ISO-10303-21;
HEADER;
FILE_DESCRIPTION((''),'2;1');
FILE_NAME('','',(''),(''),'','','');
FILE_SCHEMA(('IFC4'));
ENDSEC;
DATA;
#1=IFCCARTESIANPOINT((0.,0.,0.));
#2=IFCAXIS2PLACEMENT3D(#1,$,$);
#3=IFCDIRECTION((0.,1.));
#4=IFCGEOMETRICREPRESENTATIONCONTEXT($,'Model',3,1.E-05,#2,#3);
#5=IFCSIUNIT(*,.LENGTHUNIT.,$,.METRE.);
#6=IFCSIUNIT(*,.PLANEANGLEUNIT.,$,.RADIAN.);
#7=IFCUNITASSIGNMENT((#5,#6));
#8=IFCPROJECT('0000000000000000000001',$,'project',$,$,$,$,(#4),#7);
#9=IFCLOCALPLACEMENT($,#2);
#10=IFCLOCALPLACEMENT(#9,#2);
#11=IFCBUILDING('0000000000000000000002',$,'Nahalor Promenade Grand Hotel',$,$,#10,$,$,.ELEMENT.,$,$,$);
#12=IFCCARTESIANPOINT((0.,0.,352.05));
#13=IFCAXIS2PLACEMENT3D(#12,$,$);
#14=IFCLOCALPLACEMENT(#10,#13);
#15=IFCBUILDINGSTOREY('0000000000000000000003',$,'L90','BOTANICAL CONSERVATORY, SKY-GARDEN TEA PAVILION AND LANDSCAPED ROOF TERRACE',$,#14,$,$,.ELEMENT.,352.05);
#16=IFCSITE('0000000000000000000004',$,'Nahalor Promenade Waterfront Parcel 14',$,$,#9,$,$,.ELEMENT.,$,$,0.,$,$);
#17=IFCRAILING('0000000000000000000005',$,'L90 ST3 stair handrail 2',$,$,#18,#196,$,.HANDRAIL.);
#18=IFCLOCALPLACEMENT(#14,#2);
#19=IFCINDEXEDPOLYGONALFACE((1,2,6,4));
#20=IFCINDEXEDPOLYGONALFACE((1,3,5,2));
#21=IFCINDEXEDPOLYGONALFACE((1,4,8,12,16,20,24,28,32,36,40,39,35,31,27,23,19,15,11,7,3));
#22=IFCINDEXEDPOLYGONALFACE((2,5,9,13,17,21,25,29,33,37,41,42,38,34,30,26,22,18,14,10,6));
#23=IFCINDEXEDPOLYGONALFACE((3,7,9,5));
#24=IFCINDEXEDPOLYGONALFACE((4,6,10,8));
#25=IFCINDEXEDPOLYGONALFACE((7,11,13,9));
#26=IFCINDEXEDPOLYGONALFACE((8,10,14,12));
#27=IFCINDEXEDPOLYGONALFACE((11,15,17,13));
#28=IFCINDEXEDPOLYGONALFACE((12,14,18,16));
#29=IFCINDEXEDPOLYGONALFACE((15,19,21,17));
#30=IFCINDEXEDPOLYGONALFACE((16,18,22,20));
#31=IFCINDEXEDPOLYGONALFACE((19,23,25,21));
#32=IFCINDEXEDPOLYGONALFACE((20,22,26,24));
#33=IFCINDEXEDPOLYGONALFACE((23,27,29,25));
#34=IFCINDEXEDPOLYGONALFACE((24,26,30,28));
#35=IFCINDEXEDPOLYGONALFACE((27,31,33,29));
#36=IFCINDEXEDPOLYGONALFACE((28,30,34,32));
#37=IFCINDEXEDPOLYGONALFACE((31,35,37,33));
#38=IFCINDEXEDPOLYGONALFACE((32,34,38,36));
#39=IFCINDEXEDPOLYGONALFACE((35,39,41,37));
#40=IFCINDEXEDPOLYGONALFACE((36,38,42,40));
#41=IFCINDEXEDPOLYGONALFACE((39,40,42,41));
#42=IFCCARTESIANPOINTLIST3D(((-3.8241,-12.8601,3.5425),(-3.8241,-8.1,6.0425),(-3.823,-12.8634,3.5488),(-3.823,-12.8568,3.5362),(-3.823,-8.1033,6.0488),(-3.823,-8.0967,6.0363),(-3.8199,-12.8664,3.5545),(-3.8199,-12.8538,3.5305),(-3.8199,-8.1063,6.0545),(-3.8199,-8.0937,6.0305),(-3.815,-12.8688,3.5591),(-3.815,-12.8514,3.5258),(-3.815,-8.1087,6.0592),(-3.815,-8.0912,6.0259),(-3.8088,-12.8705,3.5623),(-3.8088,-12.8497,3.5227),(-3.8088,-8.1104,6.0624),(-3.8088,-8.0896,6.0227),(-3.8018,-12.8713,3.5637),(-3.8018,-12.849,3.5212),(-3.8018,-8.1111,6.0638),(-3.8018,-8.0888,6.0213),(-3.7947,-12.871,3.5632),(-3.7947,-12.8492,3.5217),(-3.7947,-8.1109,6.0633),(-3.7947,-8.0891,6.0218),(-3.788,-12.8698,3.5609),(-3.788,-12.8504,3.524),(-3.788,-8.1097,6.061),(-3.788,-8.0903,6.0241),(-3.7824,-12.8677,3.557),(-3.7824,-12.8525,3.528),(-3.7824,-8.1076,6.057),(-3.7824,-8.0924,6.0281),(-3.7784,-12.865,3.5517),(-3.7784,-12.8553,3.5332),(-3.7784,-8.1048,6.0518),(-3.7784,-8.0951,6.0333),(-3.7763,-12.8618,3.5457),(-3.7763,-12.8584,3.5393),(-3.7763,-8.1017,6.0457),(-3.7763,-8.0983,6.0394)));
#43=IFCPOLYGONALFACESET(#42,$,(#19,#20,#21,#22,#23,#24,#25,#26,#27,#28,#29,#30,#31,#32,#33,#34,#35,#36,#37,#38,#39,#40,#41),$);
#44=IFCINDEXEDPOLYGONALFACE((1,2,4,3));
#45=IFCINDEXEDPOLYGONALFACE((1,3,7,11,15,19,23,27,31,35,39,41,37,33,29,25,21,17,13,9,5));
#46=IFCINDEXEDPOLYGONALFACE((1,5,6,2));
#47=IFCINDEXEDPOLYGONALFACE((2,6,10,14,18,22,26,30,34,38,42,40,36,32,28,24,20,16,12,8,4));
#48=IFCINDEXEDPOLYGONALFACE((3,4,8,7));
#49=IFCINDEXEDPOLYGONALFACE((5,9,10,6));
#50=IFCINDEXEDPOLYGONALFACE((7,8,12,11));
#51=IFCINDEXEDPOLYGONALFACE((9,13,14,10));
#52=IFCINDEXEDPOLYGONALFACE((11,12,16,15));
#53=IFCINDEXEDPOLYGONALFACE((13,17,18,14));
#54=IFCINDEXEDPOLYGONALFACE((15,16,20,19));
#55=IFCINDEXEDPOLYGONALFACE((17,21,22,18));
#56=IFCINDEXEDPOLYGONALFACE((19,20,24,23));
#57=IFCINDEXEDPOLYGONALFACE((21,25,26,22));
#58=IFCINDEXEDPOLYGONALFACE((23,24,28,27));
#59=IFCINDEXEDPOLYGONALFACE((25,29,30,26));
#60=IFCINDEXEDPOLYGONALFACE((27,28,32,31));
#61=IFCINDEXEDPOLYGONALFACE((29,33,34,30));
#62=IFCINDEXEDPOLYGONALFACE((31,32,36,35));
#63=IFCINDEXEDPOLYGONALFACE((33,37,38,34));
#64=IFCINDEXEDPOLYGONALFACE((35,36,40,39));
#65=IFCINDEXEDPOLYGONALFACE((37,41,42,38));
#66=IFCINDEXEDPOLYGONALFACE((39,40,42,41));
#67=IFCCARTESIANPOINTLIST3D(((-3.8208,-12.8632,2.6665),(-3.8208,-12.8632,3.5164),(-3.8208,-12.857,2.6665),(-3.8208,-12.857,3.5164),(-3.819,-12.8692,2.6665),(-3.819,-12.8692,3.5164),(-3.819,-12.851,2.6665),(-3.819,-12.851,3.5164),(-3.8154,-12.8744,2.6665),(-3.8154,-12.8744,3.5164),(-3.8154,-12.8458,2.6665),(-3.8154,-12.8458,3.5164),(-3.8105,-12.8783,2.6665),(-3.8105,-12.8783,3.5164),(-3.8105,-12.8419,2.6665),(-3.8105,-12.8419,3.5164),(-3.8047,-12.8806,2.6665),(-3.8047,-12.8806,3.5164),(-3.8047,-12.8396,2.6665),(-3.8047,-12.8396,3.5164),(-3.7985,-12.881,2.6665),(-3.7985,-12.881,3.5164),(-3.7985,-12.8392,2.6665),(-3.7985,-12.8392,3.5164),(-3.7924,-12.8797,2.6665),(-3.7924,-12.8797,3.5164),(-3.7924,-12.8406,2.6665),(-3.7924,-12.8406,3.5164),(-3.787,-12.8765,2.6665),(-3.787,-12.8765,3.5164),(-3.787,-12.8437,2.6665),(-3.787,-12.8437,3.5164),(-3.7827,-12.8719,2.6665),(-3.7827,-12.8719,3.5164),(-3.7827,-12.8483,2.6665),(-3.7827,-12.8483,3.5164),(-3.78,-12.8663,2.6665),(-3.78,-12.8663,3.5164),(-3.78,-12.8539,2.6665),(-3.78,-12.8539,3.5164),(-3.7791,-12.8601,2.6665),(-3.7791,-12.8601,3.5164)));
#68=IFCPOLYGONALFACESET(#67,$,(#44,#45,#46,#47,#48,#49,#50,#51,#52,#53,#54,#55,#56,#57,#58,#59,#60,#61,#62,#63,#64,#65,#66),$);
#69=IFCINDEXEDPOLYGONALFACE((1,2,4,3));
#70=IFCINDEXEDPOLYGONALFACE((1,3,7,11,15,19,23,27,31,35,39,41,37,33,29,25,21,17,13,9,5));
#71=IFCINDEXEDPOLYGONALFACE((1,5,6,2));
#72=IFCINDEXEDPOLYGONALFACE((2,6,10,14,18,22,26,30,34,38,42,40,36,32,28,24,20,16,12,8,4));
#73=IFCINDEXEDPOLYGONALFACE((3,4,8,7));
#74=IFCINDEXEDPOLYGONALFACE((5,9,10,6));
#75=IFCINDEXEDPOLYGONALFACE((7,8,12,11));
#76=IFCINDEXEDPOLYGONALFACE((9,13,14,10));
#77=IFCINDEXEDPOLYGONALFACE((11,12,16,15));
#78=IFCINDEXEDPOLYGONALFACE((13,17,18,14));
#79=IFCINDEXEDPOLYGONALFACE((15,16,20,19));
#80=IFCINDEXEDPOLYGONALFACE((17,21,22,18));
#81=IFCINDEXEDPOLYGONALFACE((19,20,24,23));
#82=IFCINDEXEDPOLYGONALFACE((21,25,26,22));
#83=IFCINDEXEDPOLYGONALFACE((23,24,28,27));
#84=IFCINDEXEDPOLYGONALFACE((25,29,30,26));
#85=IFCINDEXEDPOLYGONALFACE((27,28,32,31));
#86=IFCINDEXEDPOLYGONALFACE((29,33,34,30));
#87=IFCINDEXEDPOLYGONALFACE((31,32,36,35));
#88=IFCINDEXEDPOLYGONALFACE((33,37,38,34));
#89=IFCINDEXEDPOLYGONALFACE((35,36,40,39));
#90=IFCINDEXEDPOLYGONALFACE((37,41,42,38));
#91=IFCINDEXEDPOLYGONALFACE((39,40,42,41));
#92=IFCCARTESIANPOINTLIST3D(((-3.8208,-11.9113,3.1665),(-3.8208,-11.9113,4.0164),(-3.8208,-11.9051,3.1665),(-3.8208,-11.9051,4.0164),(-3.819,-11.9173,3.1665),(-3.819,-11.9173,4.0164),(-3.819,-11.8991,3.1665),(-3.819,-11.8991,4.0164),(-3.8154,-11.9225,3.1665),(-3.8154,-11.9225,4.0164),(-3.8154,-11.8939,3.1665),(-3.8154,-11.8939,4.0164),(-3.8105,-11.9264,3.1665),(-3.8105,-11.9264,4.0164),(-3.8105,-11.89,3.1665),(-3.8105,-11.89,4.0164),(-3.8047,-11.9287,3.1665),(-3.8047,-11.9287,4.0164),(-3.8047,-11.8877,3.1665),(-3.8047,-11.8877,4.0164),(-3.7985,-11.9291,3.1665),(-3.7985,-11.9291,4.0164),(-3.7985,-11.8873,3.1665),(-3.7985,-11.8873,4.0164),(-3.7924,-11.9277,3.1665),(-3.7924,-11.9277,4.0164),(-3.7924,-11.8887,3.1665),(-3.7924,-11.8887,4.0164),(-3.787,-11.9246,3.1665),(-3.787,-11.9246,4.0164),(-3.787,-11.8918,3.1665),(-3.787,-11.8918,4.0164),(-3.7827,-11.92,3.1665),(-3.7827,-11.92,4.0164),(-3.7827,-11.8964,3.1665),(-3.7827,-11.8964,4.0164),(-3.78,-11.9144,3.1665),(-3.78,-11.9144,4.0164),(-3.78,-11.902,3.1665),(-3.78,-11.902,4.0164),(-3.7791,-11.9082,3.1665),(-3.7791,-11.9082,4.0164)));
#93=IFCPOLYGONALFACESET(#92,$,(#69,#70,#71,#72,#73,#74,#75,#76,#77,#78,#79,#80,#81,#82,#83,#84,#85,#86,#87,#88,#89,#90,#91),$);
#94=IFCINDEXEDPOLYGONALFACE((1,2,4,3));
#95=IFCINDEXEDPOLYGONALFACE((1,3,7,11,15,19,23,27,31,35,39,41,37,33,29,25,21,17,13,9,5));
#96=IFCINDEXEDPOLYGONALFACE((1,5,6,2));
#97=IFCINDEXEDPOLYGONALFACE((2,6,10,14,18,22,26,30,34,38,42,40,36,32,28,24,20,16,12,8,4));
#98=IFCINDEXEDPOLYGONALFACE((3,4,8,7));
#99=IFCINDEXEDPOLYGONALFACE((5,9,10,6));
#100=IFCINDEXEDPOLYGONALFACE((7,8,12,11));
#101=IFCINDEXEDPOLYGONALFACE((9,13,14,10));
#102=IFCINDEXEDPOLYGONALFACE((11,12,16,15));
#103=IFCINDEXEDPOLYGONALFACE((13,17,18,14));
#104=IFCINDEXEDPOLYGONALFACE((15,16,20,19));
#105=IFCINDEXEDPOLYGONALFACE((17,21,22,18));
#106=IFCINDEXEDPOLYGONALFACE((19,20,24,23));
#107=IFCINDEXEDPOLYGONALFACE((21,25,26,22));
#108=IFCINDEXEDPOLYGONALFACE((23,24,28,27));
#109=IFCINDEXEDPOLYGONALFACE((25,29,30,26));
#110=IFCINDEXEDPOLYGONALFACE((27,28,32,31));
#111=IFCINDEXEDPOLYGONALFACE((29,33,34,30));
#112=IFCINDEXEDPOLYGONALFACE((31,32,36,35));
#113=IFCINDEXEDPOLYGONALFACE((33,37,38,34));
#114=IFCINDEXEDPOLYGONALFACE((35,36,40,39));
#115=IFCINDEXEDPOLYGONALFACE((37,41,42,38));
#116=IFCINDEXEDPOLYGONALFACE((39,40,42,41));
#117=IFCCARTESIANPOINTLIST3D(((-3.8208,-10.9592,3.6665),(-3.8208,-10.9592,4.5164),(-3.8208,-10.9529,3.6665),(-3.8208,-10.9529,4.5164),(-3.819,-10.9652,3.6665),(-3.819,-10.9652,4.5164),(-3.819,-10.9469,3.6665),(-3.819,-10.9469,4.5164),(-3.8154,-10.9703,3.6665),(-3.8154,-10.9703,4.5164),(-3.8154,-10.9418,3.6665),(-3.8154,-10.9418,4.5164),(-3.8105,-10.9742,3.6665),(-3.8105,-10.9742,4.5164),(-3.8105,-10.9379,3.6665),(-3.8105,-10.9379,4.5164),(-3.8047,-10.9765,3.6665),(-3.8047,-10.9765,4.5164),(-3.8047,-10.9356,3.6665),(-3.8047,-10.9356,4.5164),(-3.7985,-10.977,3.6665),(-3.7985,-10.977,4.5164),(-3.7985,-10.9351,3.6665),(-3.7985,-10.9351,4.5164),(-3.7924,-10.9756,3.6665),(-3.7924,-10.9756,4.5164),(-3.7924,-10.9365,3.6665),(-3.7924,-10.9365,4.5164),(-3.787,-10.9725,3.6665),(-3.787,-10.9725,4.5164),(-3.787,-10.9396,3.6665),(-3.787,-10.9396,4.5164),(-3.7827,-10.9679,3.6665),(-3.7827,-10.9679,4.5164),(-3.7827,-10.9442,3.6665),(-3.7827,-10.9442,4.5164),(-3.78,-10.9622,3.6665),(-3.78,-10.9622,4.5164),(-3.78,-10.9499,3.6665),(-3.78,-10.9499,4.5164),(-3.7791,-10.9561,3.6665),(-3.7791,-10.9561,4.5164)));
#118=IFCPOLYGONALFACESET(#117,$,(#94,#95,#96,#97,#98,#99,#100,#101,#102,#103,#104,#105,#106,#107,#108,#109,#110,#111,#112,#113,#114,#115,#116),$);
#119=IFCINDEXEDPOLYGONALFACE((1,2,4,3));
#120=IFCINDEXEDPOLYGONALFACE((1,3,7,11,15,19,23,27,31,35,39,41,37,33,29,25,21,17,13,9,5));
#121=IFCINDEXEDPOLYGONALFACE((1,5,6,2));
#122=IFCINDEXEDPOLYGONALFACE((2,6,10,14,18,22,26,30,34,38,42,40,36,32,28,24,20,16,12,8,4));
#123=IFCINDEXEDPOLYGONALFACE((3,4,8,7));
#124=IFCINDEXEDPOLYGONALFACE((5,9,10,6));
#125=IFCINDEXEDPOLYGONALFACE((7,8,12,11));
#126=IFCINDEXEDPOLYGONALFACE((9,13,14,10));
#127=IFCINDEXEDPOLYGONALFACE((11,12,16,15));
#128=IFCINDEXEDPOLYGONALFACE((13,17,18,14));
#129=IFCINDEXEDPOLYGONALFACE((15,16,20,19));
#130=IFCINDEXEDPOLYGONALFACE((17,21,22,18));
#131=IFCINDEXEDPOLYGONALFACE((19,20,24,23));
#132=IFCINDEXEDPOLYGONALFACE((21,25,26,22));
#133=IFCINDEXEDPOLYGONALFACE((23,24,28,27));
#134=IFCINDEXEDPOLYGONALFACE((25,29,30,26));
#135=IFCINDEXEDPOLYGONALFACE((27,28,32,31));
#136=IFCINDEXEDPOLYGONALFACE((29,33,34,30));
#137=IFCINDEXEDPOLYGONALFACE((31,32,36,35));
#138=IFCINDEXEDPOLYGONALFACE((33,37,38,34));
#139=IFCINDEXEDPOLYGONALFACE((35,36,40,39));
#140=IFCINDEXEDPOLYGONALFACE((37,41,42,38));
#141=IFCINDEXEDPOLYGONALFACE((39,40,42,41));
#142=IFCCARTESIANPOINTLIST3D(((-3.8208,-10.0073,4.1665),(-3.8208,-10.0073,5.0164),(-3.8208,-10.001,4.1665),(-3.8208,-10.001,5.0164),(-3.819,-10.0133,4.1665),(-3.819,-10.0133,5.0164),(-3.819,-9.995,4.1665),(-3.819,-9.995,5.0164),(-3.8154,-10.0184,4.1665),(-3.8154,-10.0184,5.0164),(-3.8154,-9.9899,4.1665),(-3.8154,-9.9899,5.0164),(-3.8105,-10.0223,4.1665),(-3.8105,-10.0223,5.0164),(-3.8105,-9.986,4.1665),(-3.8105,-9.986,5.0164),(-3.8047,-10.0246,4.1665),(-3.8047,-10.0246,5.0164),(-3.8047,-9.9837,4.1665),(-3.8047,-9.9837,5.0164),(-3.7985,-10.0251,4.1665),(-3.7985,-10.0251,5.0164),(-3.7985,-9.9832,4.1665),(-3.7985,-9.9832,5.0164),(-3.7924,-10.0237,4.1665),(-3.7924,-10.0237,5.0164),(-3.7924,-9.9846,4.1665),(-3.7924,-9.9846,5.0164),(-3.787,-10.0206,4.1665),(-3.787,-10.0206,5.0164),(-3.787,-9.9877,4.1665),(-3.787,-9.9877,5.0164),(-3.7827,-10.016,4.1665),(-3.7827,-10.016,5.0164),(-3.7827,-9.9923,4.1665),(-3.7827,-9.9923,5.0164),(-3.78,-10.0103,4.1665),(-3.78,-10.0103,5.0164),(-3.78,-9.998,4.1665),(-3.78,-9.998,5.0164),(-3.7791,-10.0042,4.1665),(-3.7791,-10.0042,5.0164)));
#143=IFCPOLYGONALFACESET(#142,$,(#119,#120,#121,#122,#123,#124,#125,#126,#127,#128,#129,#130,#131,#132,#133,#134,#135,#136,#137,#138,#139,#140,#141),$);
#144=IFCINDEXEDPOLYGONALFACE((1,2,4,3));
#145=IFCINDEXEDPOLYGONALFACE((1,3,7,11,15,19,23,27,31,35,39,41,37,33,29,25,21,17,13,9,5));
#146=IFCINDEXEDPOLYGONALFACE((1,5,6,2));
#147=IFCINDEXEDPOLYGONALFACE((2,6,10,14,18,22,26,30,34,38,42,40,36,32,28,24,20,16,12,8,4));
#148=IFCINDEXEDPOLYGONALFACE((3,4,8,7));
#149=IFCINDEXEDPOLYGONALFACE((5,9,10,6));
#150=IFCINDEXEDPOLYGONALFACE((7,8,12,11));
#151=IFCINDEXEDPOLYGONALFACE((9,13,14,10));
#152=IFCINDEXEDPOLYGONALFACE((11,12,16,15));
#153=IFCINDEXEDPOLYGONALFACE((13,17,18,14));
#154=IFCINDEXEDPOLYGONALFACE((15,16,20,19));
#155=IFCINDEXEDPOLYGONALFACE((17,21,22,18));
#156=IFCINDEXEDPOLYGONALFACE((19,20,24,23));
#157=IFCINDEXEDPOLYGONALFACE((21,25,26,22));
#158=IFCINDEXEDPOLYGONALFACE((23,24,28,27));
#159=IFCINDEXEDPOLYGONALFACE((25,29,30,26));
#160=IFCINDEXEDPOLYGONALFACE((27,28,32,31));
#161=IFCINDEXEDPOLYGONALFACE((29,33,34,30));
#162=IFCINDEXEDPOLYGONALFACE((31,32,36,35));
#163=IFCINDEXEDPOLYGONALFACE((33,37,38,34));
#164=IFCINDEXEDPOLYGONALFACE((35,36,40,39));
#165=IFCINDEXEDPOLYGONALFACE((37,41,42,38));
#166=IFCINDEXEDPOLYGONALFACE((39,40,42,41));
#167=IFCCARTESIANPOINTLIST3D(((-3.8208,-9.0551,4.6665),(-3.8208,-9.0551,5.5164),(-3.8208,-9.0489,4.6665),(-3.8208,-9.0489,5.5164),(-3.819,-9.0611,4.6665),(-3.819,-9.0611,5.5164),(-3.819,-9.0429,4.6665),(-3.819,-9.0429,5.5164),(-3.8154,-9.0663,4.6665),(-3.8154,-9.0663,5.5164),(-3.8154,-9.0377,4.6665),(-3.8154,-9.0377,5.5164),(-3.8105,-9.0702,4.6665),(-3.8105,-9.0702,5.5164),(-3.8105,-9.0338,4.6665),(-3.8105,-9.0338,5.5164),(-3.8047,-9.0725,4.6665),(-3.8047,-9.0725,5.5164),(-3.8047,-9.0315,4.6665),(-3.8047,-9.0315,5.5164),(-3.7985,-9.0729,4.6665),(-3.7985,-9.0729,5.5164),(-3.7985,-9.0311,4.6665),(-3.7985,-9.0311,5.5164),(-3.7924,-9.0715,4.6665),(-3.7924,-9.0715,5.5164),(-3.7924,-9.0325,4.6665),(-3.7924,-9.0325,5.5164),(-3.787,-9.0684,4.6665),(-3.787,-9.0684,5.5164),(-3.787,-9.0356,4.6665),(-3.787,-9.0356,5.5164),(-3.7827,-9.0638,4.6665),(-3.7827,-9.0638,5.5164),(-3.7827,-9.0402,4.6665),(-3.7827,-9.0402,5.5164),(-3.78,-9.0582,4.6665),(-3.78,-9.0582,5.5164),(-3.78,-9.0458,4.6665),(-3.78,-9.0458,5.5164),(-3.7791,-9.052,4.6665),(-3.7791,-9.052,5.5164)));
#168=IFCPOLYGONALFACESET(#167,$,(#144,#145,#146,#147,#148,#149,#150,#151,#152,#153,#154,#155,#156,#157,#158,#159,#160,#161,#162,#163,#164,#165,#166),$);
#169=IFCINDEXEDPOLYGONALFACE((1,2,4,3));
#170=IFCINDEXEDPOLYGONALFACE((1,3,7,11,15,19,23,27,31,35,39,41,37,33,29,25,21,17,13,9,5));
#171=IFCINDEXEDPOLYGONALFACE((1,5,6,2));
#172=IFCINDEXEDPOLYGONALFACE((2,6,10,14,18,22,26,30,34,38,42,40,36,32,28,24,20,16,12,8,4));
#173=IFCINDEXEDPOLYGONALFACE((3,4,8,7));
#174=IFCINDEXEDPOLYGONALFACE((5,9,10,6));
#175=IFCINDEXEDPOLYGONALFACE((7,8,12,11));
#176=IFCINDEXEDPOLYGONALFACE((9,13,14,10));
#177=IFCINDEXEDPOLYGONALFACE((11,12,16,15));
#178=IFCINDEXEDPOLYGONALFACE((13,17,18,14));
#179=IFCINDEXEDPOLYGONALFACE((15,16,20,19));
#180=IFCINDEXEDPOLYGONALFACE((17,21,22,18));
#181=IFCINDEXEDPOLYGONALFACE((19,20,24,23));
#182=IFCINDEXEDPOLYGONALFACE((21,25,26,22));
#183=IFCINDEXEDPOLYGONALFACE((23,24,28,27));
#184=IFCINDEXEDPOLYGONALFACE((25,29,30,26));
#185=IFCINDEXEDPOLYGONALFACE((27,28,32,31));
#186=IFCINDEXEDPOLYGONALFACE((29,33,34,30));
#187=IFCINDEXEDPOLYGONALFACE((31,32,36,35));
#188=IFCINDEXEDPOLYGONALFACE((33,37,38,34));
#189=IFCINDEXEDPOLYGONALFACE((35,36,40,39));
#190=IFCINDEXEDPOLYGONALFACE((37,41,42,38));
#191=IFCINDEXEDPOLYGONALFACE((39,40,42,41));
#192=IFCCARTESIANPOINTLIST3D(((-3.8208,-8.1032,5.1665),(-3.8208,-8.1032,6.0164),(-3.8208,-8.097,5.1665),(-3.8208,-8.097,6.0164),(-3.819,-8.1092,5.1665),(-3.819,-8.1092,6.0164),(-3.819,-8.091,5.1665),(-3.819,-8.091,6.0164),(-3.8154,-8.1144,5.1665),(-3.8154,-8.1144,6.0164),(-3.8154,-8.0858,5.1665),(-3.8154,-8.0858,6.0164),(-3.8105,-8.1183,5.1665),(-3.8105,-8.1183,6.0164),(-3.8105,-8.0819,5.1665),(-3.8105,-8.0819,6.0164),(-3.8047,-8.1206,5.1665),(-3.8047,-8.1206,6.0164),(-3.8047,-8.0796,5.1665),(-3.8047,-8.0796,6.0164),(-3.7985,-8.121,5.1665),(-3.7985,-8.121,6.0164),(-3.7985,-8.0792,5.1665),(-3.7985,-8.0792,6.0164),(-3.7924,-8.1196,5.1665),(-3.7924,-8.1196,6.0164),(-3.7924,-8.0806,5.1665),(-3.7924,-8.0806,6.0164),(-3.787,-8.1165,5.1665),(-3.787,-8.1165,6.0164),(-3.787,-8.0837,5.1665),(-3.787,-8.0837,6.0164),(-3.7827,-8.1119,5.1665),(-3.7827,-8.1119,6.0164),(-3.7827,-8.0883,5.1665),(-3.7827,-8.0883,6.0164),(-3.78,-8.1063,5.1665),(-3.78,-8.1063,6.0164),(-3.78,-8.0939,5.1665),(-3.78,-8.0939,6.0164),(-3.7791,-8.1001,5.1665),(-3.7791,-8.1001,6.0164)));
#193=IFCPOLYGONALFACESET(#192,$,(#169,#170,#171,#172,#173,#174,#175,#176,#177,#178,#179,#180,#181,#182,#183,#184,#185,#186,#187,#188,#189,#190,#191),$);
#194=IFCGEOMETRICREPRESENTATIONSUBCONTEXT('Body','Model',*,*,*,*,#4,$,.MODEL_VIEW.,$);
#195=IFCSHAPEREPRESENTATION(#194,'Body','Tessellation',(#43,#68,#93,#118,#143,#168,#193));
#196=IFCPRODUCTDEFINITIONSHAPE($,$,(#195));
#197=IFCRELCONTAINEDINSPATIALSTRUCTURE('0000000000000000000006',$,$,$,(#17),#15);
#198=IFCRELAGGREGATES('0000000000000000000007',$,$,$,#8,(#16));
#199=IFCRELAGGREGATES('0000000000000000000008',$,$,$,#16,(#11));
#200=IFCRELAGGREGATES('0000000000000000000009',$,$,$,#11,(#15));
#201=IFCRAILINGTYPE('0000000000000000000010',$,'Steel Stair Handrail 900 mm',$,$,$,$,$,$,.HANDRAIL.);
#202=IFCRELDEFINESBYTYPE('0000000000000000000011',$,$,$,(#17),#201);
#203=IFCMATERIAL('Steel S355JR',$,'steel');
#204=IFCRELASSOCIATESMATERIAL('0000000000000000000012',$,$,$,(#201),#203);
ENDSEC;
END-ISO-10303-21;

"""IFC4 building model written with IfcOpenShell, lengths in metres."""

from ifc_helpers import new_model, si_unit, direction, frame, origin, origin_2d, place, context, subcontext, project, spatial, circle, extrude, material, type_object, element, save


model = new_model("IFC4")

# Units and contexts
model_context = context("Model", 3, precision=1e-05, world=origin(), true_north=direction((0.0, 1.0)))
body_context = subcontext(model_context, "Body", "Model", "MODEL_VIEW")
ifc_project = project(units=[si_unit("LENGTHUNIT", "METRE"), si_unit("PLANEANGLEUNIT", "RADIAN")], contexts=[model_context])

# Site, building, storey
site_placement = place(None, origin())
site = spatial("IfcSite", under=ifc_project, at=site_placement, Name="Nahalor Promenade Waterfront Parcel 14", CompositionType="ELEMENT", RefElevation=0.0)
building_placement = place(site_placement, origin())
building = spatial("IfcBuilding", under=site, at=building_placement, Name="Nahalor Promenade Grand Hotel", CompositionType="ELEMENT")
storey_placement = place(building_placement, frame((0.0, 0.0, 352.05)))
storey = spatial("IfcBuildingStorey", under=building, at=storey_placement, Name="L90", Description="BOTANICAL CONSERVATORY, SKY-GARDEN TEA PAVILION AND LANDSCAPED ROOF TERRACE", CompositionType="ELEMENT", Elevation=352.05)

# Shared definitions
ifc_material_1 = material(Name="Steel S355JR", Category="steel")

# Railing
railing_type_1 = type_object("IfcRailingType", Name="Steel Stair Handrail 900 mm", PredefinedType="HANDRAIL", material=ifc_material_1)
railing_1_placement = place(storey_placement, frame((-3.8, -12.8601, 2.6665)))
element("IfcRailing", 1, at=railing_1_placement, inside=storey, type_object=railing_type_1, Name="L90 ST3 stair handrail 2", PredefinedType="HANDRAIL", context=body_context, shape_type="SweptSolid", body=[
    extrude(circle(Radius=0.024, at=origin_2d()), frame((0.0, 0.0, 0.876), z_axis=(0.0, 0.885322, 0.464979), x_axis=(-1.0, 0.0, 0.0)), (0.0, 0.0, 1.0), 5.3767),
    extrude(circle(Radius=0.021, at=origin_2d()), origin(), (0.0, 0.0, 1.0), 0.8499),
    extrude(circle(Radius=0.021, at=origin_2d()), frame((0.0, 0.9519, 0.5)), (0.0, 0.0, 1.0), 0.8499),
    extrude(circle(Radius=0.021, at=origin_2d()), frame((0.0, 1.9041, 1.0)), (0.0, 0.0, 1.0), 0.8499),
    extrude(circle(Radius=0.021, at=origin_2d()), frame((0.0, 2.856, 1.5)), (0.0, 0.0, 1.0), 0.8499),
    extrude(circle(Radius=0.021, at=origin_2d()), frame((0.0, 3.8081, 2.0)), (0.0, 0.0, 1.0), 0.8499),
    extrude(circle(Radius=0.021, at=origin_2d()), frame((0.0, 4.76, 2.5)), (0.0, 0.0, 1.0), 0.8499),
])

save(model, "model.ifc")
